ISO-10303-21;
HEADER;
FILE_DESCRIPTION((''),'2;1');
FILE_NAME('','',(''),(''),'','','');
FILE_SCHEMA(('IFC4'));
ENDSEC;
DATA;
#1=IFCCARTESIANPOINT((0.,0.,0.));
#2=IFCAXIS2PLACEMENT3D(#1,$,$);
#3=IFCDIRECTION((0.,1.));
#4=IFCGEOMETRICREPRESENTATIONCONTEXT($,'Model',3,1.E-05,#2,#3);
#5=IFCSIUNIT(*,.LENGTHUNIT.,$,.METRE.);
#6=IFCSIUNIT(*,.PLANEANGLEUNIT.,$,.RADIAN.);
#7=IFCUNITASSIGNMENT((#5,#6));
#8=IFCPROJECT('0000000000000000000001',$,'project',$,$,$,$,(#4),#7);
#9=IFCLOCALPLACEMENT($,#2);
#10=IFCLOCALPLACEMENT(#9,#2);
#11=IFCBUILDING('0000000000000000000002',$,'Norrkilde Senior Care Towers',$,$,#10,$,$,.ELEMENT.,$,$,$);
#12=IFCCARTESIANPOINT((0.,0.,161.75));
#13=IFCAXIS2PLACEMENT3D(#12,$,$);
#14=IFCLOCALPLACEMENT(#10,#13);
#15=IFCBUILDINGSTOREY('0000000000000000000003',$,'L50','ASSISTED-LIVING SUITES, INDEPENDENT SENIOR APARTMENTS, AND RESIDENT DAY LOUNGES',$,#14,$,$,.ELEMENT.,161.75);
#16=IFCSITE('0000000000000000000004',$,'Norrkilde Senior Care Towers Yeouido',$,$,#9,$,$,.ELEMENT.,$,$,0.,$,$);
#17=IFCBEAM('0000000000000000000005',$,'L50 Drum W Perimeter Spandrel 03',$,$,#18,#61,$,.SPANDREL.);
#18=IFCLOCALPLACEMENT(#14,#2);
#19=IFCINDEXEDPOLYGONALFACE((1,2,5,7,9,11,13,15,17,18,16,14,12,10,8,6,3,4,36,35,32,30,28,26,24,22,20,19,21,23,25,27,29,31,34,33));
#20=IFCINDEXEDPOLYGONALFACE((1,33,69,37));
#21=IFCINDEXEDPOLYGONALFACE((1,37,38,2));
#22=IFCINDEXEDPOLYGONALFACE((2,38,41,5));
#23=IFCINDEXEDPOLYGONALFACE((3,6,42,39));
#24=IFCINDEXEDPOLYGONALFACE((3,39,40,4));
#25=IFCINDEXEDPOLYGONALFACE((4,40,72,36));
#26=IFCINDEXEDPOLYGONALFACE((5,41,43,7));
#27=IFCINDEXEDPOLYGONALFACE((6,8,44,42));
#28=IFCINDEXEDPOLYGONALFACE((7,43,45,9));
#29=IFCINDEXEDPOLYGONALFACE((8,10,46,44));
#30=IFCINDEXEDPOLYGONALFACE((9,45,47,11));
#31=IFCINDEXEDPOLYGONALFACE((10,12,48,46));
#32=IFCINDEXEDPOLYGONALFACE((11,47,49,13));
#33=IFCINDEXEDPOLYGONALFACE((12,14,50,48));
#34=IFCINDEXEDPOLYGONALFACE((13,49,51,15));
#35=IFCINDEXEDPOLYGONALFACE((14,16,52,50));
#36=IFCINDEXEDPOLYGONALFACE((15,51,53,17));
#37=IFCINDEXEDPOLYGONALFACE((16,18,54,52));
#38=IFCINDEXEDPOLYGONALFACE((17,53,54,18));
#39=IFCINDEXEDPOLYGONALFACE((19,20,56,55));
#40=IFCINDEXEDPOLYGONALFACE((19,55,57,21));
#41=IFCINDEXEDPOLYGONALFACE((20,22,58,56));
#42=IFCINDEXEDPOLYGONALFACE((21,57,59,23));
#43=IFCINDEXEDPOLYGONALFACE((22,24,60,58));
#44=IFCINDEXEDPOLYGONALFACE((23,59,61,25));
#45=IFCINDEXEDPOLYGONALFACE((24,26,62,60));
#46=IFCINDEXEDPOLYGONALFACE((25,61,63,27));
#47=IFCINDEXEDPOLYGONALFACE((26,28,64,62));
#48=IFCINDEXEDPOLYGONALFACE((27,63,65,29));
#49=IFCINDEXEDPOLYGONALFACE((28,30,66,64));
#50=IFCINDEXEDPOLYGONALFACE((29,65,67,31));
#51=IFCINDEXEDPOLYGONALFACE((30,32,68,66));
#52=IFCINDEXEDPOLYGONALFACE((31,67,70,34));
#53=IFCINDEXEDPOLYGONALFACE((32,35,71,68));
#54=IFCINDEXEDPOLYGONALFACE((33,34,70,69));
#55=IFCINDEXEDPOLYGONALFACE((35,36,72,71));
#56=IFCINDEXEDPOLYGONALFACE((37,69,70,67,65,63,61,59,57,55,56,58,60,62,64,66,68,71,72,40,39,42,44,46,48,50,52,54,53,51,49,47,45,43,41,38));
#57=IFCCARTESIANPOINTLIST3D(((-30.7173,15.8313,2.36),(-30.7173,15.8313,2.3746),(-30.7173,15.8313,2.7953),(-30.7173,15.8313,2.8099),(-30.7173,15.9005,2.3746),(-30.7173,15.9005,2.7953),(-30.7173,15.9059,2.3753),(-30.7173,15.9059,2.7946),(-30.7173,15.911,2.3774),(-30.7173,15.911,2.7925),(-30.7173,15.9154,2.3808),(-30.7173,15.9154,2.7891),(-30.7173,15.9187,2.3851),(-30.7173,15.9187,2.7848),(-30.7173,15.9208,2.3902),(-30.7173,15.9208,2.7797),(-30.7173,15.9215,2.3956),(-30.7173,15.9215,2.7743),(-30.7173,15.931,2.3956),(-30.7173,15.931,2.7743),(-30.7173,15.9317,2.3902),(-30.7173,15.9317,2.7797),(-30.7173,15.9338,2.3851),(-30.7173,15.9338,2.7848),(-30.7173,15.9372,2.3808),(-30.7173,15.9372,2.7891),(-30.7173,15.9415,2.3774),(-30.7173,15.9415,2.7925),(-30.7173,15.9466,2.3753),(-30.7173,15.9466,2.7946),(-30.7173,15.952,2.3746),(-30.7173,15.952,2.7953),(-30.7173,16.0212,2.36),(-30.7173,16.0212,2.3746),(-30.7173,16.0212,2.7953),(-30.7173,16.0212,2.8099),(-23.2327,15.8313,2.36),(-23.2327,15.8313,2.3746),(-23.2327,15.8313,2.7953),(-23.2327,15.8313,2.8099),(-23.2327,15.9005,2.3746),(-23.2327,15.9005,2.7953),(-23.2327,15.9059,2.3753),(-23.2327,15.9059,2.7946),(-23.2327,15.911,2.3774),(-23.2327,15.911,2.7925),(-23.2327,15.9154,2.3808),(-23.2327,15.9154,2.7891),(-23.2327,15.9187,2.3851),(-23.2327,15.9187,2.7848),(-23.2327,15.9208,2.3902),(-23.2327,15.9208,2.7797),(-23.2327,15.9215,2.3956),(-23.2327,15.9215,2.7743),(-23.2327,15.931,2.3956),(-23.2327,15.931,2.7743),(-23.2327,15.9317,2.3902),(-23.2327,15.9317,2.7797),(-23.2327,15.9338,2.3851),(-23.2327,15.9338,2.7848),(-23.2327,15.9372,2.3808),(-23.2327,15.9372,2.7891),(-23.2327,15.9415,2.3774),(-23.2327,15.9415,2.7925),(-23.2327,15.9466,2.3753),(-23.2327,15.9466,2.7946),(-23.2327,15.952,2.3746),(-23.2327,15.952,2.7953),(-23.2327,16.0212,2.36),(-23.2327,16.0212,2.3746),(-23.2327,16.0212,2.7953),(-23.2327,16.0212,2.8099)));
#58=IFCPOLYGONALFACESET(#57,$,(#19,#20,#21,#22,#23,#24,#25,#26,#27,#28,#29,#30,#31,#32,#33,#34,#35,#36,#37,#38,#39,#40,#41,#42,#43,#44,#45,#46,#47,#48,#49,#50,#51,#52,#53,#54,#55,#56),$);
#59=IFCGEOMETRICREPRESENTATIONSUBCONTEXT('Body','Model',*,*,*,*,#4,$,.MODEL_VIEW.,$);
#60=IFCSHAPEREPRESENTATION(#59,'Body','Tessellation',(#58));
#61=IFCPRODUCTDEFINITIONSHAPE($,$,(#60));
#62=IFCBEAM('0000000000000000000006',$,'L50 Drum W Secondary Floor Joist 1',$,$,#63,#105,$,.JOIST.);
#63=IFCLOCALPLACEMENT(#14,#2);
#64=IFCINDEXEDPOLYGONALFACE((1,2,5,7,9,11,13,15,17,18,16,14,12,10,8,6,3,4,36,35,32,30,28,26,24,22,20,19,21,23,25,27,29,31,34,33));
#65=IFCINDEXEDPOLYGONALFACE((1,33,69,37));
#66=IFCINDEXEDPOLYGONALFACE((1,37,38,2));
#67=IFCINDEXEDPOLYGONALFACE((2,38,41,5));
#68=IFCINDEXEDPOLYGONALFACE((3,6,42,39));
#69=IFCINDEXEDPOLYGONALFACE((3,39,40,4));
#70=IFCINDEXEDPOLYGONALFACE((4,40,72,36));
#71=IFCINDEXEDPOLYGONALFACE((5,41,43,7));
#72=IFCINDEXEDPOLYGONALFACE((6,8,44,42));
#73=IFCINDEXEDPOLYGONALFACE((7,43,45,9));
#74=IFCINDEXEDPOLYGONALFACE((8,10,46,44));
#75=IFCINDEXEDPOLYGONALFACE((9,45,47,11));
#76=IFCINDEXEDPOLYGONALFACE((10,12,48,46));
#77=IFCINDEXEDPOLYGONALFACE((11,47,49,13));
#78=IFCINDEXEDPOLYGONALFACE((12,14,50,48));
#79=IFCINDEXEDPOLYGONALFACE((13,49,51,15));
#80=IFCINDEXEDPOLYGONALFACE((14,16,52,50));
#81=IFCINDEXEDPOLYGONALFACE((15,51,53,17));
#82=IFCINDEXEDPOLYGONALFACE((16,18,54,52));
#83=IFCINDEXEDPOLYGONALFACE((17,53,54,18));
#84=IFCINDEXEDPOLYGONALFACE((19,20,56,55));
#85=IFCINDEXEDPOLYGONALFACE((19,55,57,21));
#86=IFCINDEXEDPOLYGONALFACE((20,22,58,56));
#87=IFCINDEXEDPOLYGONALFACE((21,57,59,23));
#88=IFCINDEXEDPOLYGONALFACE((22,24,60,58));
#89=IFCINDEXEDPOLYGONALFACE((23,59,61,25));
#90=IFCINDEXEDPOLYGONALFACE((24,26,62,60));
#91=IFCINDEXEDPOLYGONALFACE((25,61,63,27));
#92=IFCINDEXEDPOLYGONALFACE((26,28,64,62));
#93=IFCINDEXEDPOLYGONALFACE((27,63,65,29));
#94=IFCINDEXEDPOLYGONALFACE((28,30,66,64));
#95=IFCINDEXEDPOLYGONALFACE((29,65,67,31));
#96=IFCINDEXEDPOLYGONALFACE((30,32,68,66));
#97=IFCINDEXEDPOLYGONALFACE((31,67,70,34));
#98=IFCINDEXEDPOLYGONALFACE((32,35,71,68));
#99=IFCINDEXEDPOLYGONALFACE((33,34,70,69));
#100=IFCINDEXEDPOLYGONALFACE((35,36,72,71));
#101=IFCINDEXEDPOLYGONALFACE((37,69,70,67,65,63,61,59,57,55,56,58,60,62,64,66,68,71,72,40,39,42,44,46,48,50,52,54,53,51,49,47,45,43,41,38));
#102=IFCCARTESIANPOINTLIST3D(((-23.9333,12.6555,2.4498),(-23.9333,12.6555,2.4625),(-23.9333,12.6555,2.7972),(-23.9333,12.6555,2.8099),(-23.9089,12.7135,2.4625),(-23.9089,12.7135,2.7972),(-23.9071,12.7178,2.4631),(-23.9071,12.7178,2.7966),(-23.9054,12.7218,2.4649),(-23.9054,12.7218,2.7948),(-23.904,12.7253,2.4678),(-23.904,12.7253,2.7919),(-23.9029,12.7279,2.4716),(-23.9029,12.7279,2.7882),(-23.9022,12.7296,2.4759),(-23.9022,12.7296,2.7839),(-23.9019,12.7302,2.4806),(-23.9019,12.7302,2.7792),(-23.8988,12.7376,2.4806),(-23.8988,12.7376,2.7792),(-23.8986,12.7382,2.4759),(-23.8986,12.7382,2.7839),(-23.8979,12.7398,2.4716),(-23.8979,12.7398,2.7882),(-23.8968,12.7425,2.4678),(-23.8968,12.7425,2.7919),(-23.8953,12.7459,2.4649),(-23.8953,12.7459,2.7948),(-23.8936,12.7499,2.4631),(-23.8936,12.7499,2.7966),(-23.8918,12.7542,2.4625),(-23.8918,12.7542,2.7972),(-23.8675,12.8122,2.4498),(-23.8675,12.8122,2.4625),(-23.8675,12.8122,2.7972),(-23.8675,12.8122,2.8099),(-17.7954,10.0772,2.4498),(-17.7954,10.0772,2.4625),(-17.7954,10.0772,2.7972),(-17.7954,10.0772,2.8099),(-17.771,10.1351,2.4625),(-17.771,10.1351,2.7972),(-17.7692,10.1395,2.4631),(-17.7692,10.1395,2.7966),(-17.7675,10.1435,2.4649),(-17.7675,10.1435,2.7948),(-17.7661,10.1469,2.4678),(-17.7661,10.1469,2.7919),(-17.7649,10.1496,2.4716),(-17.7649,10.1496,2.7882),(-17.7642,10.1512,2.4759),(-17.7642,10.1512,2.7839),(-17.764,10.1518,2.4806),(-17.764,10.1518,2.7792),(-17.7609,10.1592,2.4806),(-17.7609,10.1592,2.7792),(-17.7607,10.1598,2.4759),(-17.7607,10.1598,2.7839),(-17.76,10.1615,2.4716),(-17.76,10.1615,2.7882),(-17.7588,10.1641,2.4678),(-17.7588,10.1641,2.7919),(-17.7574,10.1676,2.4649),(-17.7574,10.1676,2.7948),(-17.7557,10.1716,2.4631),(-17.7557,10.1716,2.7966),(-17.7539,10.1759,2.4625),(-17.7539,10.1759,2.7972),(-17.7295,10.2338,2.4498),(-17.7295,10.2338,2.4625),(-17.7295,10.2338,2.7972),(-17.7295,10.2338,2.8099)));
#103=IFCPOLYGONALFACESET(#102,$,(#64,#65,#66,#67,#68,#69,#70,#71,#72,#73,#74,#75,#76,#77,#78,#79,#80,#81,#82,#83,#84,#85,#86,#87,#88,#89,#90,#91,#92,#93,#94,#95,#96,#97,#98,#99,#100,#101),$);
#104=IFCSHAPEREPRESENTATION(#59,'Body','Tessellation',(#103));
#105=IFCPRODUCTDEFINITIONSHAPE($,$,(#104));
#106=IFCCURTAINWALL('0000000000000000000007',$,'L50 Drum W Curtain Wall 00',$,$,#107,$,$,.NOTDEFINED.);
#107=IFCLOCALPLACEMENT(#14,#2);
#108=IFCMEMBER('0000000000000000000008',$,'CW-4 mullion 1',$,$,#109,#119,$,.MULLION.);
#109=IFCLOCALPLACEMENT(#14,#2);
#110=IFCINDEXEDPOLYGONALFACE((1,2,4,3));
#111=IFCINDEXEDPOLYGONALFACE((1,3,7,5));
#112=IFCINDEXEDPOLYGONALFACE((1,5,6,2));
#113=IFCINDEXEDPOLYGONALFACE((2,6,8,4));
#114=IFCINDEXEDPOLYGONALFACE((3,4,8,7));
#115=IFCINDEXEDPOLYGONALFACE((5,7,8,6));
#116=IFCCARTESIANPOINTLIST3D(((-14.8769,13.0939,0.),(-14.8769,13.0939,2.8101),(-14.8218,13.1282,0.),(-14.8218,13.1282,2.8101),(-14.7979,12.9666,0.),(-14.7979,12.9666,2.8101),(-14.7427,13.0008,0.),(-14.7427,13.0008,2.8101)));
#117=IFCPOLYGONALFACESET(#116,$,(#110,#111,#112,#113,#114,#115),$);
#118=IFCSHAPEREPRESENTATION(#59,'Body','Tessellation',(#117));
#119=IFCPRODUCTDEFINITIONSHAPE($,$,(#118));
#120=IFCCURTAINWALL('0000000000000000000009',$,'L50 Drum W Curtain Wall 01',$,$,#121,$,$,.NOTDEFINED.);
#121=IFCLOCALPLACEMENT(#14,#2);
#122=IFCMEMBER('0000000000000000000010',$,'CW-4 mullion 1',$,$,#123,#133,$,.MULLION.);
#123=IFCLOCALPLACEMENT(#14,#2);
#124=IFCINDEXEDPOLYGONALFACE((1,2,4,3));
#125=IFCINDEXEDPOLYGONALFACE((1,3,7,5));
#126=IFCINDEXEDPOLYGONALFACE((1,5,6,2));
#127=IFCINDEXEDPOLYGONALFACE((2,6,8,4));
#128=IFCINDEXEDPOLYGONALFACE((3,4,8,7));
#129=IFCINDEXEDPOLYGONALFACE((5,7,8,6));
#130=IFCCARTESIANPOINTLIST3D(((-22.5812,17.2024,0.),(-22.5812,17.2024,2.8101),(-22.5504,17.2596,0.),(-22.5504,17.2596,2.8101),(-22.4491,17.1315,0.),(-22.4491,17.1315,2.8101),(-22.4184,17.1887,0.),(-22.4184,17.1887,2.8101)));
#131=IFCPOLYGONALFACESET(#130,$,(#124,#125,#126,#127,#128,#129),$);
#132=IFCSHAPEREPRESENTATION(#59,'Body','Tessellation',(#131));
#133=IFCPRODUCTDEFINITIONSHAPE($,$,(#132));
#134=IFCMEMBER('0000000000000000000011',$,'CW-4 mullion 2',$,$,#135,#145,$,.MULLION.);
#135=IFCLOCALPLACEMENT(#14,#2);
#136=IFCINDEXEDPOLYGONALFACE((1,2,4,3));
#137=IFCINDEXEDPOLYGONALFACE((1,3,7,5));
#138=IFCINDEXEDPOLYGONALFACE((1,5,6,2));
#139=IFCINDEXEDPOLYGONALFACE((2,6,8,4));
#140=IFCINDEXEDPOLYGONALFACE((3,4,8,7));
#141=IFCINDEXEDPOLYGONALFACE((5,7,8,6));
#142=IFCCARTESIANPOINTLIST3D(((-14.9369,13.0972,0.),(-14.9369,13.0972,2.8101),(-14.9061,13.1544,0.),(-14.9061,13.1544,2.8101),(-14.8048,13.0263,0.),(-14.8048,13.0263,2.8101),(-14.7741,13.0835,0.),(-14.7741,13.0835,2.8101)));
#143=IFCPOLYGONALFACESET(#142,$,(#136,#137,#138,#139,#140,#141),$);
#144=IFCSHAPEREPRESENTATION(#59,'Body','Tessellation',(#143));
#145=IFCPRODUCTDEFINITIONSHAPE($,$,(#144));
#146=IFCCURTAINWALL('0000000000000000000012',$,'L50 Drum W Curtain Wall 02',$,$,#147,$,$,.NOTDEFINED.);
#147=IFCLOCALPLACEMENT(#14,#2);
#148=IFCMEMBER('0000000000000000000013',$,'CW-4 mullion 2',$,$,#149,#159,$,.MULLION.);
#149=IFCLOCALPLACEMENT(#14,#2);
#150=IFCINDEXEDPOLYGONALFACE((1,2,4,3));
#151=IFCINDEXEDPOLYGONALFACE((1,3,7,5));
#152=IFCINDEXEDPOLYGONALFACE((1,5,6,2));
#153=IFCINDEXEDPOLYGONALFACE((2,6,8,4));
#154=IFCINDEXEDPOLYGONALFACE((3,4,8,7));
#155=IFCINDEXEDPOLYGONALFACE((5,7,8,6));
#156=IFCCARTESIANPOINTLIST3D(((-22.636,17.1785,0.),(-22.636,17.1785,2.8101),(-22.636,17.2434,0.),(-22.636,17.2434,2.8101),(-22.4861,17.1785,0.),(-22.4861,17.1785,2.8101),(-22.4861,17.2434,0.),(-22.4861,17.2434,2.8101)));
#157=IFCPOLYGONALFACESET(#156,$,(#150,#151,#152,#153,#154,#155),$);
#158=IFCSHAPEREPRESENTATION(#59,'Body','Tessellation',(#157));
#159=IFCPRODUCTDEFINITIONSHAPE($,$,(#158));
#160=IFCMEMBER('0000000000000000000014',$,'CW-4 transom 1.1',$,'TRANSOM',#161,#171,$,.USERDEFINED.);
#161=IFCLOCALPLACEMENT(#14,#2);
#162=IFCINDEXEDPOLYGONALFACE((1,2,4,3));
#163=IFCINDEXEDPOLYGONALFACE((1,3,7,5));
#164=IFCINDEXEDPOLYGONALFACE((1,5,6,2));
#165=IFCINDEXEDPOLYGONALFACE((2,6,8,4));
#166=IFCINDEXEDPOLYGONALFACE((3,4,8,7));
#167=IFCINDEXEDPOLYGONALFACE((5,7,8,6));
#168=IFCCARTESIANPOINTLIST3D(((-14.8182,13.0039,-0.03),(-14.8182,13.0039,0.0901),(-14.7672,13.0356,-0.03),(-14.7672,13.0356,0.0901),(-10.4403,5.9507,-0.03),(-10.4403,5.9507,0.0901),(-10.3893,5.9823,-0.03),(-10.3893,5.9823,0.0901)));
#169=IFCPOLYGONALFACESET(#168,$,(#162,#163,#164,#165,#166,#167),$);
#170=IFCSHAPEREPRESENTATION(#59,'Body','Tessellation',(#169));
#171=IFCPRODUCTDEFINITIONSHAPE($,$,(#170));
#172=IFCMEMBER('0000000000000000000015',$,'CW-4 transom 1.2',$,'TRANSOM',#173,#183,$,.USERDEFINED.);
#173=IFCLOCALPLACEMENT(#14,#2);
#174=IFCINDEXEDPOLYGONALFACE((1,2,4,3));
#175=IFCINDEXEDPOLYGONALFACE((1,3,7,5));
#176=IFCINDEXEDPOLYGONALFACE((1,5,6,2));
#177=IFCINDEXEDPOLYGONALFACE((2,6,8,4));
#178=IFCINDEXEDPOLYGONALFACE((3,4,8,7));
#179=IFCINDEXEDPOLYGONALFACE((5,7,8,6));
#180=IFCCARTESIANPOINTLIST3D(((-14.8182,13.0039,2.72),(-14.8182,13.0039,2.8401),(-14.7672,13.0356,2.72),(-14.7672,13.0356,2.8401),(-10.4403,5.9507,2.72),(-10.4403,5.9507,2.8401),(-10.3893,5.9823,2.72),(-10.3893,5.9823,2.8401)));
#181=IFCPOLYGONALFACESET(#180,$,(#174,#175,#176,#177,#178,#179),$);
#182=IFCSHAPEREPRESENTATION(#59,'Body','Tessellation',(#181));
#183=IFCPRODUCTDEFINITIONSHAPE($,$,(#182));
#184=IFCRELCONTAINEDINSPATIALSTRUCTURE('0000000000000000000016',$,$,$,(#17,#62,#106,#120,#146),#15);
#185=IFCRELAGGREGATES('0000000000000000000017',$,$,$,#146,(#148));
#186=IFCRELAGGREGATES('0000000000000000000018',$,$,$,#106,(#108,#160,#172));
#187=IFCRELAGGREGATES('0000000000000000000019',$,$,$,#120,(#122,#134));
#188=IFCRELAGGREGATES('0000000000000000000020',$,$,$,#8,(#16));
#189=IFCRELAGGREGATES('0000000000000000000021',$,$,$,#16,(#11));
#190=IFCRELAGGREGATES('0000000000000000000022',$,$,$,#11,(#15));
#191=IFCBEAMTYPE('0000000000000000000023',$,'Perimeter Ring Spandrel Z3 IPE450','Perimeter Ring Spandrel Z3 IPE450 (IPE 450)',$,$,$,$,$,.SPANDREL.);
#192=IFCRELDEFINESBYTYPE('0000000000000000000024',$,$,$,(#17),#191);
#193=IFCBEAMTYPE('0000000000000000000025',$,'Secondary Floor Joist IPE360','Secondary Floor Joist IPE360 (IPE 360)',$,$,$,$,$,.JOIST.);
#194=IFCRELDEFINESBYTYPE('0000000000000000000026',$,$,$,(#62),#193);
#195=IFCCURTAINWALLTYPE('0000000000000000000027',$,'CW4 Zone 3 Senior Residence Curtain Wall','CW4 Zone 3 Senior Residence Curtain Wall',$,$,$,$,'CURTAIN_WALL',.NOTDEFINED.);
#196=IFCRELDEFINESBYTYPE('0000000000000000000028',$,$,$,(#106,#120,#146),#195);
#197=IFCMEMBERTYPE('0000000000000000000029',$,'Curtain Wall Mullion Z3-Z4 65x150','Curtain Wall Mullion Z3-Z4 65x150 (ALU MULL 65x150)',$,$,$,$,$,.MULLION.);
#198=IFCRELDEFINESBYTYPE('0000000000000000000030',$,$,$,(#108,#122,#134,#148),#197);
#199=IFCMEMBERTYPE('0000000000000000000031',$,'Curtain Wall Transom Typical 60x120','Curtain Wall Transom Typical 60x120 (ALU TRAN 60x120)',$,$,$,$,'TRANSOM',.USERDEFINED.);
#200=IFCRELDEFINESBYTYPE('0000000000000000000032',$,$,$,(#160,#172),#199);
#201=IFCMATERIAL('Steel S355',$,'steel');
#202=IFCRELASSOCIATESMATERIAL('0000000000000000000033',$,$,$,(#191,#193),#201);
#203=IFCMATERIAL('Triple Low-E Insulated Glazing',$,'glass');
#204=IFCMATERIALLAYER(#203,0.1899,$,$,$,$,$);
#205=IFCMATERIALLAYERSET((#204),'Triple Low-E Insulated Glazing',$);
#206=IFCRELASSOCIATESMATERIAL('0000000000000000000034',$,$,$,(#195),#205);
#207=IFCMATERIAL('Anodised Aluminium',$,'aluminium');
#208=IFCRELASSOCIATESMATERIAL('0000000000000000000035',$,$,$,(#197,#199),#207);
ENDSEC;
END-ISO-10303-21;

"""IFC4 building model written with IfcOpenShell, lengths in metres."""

from ifc_helpers import new_model, si_unit, direction, frame, origin, origin_2d, place, context, subcontext, project, spatial, rectangle, i_section, extrude, source, transform, mapped, material, layer, layer_set, material_profile, profile_set, type_object, type_shapes, element, aggregate, save


model = new_model("IFC4")

# Units and contexts
model_context = context("Model", 3, precision=1e-05, world=origin(), true_north=direction((0.0, 1.0)))
body_context = subcontext(model_context, "Body", "Model", "MODEL_VIEW")
ifc_project = project(units=[si_unit("LENGTHUNIT", "METRE"), si_unit("PLANEANGLEUNIT", "RADIAN")], contexts=[model_context])

# Site, building, storey
site_placement = place(None, origin())
site = spatial("IfcSite", under=ifc_project, at=site_placement, Name="Norrkilde Senior Care Towers Yeouido", CompositionType="ELEMENT", RefElevation=0.0)
building_placement = place(site_placement, origin())
building = spatial("IfcBuilding", under=site, at=building_placement, Name="Norrkilde Senior Care Towers", CompositionType="ELEMENT")
storey_placement = place(building_placement, frame((0.0, 0.0, 161.75)))
storey = spatial("IfcBuildingStorey", under=building, at=storey_placement, Name="L50", Description="ASSISTED-LIVING SUITES, INDEPENDENT SENIOR APARTMENTS, AND RESIDENT DAY LOUNGES", CompositionType="ELEMENT", Elevation=161.75)

# Beams
ifc_material_1 = material(Name="Steel S355", Category="steel")
ifc_material_profile_1 = material_profile(ifc_material_1, i_section(OverallWidth=0.1899, OverallDepth=0.45, WebThickness=0.0095, FlangeThickness=0.0146, FilletRadius=0.021, at=origin_2d()), Name="IPE 450")
ifc_profile_set_1 = profile_set([ifc_material_profile_1], Name="Steel S355")
beam_type_1 = type_object("IfcBeamType", Name="Perimeter Ring Spandrel Z3 IPE450", Description="Perimeter Ring Spandrel Z3 IPE450 (IPE 450)", PredefinedType="SPANDREL", material=ifc_profile_set_1)
shared_shape_1 = source(origin(), body_context, "Body", "SweptSolid", [
    extrude(i_section(OverallWidth=0.1899, OverallDepth=0.45, WebThickness=0.0095, FlangeThickness=0.0146, FilletRadius=0.021, at=origin_2d()), origin(), (0.0, 0.0, 1.0), 7.4846),
])
beam_1_placement = place(storey_placement, frame((-23.2327, 15.9263, 2.585), z_axis=(-1.0, 0.0, 0.0), x_axis=(0.0, -1.0, 0.0)))
element("IfcBeam", 1, at=beam_1_placement, inside=storey, type_object=beam_type_1, Name="L50 Drum W Perimeter Spandrel 03", PredefinedType="SPANDREL", context=body_context, shape_type="MappedRepresentation", body=[
    mapped(shared_shape_1, transform((0.0, 0.0, 0.0), x_axis=(1.0, 0.0, 0.0), y_axis=(0.0, 1.0, 0.0), z_axis=(0.0, 0.0, 1.0), scale=1.0)),
])
ifc_material_profile_2 = material_profile(ifc_material_1, i_section(OverallWidth=0.1699, OverallDepth=0.3601, WebThickness=0.0081, FlangeThickness=0.0127, FilletRadius=0.0181, at=origin_2d()), Name="IPE 360")
ifc_profile_set_2 = profile_set([ifc_material_profile_2], Name="Steel S355")
beam_type_2 = type_object("IfcBeamType", Name="Secondary Floor Joist IPE360", Description="Secondary Floor Joist IPE360 (IPE 360)", PredefinedType="JOIST", material=ifc_profile_set_2)
shared_shape_2 = source(origin(), body_context, "Body", "SweptSolid", [
    extrude(i_section(OverallWidth=0.1699, OverallDepth=0.3601, WebThickness=0.0081, FlangeThickness=0.0127, FilletRadius=0.0181, at=origin_2d()), origin(), (0.0, 0.0, 1.0), 6.6575),
])
type_shapes(beam_type_2, [shared_shape_2])
beam_2_placement = place(storey_placement, frame((-17.7625, 10.1555, 2.6299), z_axis=(-0.921959, 0.387288, 0.0), x_axis=(-0.387288, -0.921959, 0.0)))
element("IfcBeam", 2, at=beam_2_placement, inside=storey, type_object=beam_type_2, Name="L50 Drum W Secondary Floor Joist 1", PredefinedType="JOIST", context=body_context, shape_type="MappedRepresentation", body=[
    mapped(shared_shape_2, transform((0.0, 0.0, 0.0), x_axis=(1.0, 0.0, 0.0), y_axis=(0.0, 1.0, 0.0), z_axis=(0.0, 0.0, 1.0), scale=1.0)),
])

# Curtain wall, member
ifc_material_2 = material(Name="Triple Low-E Insulated Glazing", Category="glass")
ifc_layer_1 = layer(ifc_material_2, 0.1899)
ifc_layer_set_1 = layer_set([ifc_layer_1], Name="Triple Low-E Insulated Glazing")
curtain_wall_type = type_object("IfcCurtainWallType", Name="CW4 Zone 3 Senior Residence Curtain Wall", Description="CW4 Zone 3 Senior Residence Curtain Wall", ElementType="CURTAIN_WALL", PredefinedType="NOTDEFINED", material=ifc_layer_set_1)
curtain_wall_1_placement = place(storey_placement, origin())
curtain_wall_1 = element("IfcCurtainWall", 3, at=curtain_wall_1_placement, inside=storey, type_object=curtain_wall_type, Name="L50 Drum W Curtain Wall 00", PredefinedType="NOTDEFINED")
ifc_material_3 = material(Name="Anodised Aluminium", Category="aluminium")
ifc_material_profile_3 = material_profile(ifc_material_3, rectangle(XDim=0.0649, YDim=0.1499, at=origin_2d()), Name="ALU MULL 65x150")
ifc_profile_set_3 = profile_set([ifc_material_profile_3], Name="Anodised Aluminium")
member_type_1 = type_object("IfcMemberType", Name="Curtain Wall Mullion Z3-Z4 65x150", Description="Curtain Wall Mullion Z3-Z4 65x150 (ALU MULL 65x150)", PredefinedType="MULLION", material=ifc_profile_set_3)
shared_shape_3 = source(origin(), body_context, "Body", "SweptSolid", [
    extrude(rectangle(XDim=0.0649, YDim=0.1499, at=origin_2d()), origin(), (0.0, 0.0, 1.0), 2.8101),
])
type_shapes(member_type_1, [shared_shape_3])
member_1_placement = place(storey_placement, frame((-14.8098, 13.0474, 0.0), z_axis=(0.0, 0.0, 1.0), x_axis=(0.849634, 0.527373, 0.0)))
member_1 = element("IfcMember", 4, at=member_1_placement, type_object=member_type_1, Name="CW-4 mullion 1", PredefinedType="MULLION", context=body_context, shape_type="MappedRepresentation", body=[
    mapped(shared_shape_3, transform((0.0, 0.0, 0.0), x_axis=(1.0, 0.0, 0.0), y_axis=(0.0, 1.0, 0.0), z_axis=(0.0, 0.0, 1.0), scale=1.0)),
])

# Curtain wall, members
curtain_wall_2_placement = place(storey_placement, origin())
curtain_wall_2 = element("IfcCurtainWall", 5, at=curtain_wall_2_placement, inside=storey, type_object=curtain_wall_type, Name="L50 Drum W Curtain Wall 01", PredefinedType="NOTDEFINED")
member_2_placement = place(storey_placement, frame((-22.4998, 17.1956, 0.0), z_axis=(0.0, 0.0, 1.0), x_axis=(0.473117, 0.881, 0.0)))
member_2 = element("IfcMember", 6, at=member_2_placement, type_object=member_type_1, Name="CW-4 mullion 1", PredefinedType="MULLION", context=body_context, shape_type="MappedRepresentation", body=[
    mapped(shared_shape_3, transform((0.0, 0.0, 0.0), x_axis=(1.0, 0.0, 0.0), y_axis=(0.0, 1.0, 0.0), z_axis=(0.0, 0.0, 1.0), scale=1.0)),
])
member_3_placement = place(storey_placement, frame((-14.8555, 13.0903, 0.0), z_axis=(0.0, 0.0, 1.0), x_axis=(0.473117, 0.881, 0.0)))
member_3 = element("IfcMember", 7, at=member_3_placement, type_object=member_type_1, Name="CW-4 mullion 2", PredefinedType="MULLION", context=body_context, shape_type="MappedRepresentation", body=[
    mapped(shared_shape_3, transform((0.0, 0.0, 0.0), x_axis=(1.0, 0.0, 0.0), y_axis=(0.0, 1.0, 0.0), z_axis=(0.0, 0.0, 1.0), scale=1.0)),
])

# Curtain wall, member
curtain_wall_3_placement = place(storey_placement, origin())
curtain_wall_3 = element("IfcCurtainWall", 8, at=curtain_wall_3_placement, inside=storey, type_object=curtain_wall_type, Name="L50 Drum W Curtain Wall 02", PredefinedType="NOTDEFINED")
member_4_placement = place(storey_placement, frame((-22.561, 17.2109, 0.0), z_axis=(0.0, 0.0, 1.0), x_axis=(0.0, 1.0, 0.0)))
member_4 = element("IfcMember", 9, at=member_4_placement, type_object=member_type_1, Name="CW-4 mullion 2", PredefinedType="MULLION", context=body_context, shape_type="MappedRepresentation", body=[
    mapped(shared_shape_3, transform((0.0, 0.0, 0.0), x_axis=(1.0, 0.0, 0.0), y_axis=(0.0, 1.0, 0.0), z_axis=(0.0, 0.0, 1.0), scale=1.0)),
])
aggregate(curtain_wall_3, [member_4])

# Members
ifc_material_profile_4 = material_profile(ifc_material_3, rectangle(XDim=0.0601, YDim=0.1201, at=origin_2d()), Name="ALU TRAN 60x120")
ifc_profile_set_4 = profile_set([ifc_material_profile_4], Name="Anodised Aluminium")
member_type_2 = type_object("IfcMemberType", Name="Curtain Wall Transom Typical 60x120", Description="Curtain Wall Transom Typical 60x120 (ALU TRAN 60x120)", ElementType="TRANSOM", PredefinedType="USERDEFINED", material=ifc_profile_set_4)
shared_shape_4 = source(origin(), body_context, "Body", "SweptSolid", [
    extrude(rectangle(XDim=0.0601, YDim=0.1201, at=origin_2d()), origin(), (0.0, 0.0, 1.0), 8.3015),
])
member_5_placement = place(storey_placement, frame((-14.7927, 13.0198, 0.03), z_axis=(0.527369, -0.849637, 0.0), x_axis=(0.849637, 0.527369, 0.0)))
member_5 = element("IfcMember", 10, at=member_5_placement, type_object=member_type_2, Name="CW-4 transom 1.1", ObjectType="TRANSOM", PredefinedType="USERDEFINED", context=body_context, shape_type="MappedRepresentation", body=[
    mapped(shared_shape_4, transform((0.0, 0.0, 0.0), x_axis=(1.0, 0.0, 0.0), y_axis=(0.0, 1.0, 0.0), z_axis=(0.0, 0.0, 1.0), scale=1.0)),
])
member_6_placement = place(storey_placement, frame((-14.7927, 13.0198, 2.78), z_axis=(0.527369, -0.849637, 0.0), x_axis=(0.849637, 0.527369, 0.0)))
member_6 = element("IfcMember", 11, at=member_6_placement, type_object=member_type_2, Name="CW-4 transom 1.2", ObjectType="TRANSOM", PredefinedType="USERDEFINED", context=body_context, shape_type="MappedRepresentation", body=[
    mapped(shared_shape_4, transform((0.0, 0.0, 0.0), x_axis=(1.0, 0.0, 0.0), y_axis=(0.0, 1.0, 0.0), z_axis=(0.0, 0.0, 1.0), scale=1.0)),
])

aggregate(curtain_wall_1, [member_1, member_5, member_6])
aggregate(curtain_wall_2, [member_2, member_3])

save(model, "model.ifc")
